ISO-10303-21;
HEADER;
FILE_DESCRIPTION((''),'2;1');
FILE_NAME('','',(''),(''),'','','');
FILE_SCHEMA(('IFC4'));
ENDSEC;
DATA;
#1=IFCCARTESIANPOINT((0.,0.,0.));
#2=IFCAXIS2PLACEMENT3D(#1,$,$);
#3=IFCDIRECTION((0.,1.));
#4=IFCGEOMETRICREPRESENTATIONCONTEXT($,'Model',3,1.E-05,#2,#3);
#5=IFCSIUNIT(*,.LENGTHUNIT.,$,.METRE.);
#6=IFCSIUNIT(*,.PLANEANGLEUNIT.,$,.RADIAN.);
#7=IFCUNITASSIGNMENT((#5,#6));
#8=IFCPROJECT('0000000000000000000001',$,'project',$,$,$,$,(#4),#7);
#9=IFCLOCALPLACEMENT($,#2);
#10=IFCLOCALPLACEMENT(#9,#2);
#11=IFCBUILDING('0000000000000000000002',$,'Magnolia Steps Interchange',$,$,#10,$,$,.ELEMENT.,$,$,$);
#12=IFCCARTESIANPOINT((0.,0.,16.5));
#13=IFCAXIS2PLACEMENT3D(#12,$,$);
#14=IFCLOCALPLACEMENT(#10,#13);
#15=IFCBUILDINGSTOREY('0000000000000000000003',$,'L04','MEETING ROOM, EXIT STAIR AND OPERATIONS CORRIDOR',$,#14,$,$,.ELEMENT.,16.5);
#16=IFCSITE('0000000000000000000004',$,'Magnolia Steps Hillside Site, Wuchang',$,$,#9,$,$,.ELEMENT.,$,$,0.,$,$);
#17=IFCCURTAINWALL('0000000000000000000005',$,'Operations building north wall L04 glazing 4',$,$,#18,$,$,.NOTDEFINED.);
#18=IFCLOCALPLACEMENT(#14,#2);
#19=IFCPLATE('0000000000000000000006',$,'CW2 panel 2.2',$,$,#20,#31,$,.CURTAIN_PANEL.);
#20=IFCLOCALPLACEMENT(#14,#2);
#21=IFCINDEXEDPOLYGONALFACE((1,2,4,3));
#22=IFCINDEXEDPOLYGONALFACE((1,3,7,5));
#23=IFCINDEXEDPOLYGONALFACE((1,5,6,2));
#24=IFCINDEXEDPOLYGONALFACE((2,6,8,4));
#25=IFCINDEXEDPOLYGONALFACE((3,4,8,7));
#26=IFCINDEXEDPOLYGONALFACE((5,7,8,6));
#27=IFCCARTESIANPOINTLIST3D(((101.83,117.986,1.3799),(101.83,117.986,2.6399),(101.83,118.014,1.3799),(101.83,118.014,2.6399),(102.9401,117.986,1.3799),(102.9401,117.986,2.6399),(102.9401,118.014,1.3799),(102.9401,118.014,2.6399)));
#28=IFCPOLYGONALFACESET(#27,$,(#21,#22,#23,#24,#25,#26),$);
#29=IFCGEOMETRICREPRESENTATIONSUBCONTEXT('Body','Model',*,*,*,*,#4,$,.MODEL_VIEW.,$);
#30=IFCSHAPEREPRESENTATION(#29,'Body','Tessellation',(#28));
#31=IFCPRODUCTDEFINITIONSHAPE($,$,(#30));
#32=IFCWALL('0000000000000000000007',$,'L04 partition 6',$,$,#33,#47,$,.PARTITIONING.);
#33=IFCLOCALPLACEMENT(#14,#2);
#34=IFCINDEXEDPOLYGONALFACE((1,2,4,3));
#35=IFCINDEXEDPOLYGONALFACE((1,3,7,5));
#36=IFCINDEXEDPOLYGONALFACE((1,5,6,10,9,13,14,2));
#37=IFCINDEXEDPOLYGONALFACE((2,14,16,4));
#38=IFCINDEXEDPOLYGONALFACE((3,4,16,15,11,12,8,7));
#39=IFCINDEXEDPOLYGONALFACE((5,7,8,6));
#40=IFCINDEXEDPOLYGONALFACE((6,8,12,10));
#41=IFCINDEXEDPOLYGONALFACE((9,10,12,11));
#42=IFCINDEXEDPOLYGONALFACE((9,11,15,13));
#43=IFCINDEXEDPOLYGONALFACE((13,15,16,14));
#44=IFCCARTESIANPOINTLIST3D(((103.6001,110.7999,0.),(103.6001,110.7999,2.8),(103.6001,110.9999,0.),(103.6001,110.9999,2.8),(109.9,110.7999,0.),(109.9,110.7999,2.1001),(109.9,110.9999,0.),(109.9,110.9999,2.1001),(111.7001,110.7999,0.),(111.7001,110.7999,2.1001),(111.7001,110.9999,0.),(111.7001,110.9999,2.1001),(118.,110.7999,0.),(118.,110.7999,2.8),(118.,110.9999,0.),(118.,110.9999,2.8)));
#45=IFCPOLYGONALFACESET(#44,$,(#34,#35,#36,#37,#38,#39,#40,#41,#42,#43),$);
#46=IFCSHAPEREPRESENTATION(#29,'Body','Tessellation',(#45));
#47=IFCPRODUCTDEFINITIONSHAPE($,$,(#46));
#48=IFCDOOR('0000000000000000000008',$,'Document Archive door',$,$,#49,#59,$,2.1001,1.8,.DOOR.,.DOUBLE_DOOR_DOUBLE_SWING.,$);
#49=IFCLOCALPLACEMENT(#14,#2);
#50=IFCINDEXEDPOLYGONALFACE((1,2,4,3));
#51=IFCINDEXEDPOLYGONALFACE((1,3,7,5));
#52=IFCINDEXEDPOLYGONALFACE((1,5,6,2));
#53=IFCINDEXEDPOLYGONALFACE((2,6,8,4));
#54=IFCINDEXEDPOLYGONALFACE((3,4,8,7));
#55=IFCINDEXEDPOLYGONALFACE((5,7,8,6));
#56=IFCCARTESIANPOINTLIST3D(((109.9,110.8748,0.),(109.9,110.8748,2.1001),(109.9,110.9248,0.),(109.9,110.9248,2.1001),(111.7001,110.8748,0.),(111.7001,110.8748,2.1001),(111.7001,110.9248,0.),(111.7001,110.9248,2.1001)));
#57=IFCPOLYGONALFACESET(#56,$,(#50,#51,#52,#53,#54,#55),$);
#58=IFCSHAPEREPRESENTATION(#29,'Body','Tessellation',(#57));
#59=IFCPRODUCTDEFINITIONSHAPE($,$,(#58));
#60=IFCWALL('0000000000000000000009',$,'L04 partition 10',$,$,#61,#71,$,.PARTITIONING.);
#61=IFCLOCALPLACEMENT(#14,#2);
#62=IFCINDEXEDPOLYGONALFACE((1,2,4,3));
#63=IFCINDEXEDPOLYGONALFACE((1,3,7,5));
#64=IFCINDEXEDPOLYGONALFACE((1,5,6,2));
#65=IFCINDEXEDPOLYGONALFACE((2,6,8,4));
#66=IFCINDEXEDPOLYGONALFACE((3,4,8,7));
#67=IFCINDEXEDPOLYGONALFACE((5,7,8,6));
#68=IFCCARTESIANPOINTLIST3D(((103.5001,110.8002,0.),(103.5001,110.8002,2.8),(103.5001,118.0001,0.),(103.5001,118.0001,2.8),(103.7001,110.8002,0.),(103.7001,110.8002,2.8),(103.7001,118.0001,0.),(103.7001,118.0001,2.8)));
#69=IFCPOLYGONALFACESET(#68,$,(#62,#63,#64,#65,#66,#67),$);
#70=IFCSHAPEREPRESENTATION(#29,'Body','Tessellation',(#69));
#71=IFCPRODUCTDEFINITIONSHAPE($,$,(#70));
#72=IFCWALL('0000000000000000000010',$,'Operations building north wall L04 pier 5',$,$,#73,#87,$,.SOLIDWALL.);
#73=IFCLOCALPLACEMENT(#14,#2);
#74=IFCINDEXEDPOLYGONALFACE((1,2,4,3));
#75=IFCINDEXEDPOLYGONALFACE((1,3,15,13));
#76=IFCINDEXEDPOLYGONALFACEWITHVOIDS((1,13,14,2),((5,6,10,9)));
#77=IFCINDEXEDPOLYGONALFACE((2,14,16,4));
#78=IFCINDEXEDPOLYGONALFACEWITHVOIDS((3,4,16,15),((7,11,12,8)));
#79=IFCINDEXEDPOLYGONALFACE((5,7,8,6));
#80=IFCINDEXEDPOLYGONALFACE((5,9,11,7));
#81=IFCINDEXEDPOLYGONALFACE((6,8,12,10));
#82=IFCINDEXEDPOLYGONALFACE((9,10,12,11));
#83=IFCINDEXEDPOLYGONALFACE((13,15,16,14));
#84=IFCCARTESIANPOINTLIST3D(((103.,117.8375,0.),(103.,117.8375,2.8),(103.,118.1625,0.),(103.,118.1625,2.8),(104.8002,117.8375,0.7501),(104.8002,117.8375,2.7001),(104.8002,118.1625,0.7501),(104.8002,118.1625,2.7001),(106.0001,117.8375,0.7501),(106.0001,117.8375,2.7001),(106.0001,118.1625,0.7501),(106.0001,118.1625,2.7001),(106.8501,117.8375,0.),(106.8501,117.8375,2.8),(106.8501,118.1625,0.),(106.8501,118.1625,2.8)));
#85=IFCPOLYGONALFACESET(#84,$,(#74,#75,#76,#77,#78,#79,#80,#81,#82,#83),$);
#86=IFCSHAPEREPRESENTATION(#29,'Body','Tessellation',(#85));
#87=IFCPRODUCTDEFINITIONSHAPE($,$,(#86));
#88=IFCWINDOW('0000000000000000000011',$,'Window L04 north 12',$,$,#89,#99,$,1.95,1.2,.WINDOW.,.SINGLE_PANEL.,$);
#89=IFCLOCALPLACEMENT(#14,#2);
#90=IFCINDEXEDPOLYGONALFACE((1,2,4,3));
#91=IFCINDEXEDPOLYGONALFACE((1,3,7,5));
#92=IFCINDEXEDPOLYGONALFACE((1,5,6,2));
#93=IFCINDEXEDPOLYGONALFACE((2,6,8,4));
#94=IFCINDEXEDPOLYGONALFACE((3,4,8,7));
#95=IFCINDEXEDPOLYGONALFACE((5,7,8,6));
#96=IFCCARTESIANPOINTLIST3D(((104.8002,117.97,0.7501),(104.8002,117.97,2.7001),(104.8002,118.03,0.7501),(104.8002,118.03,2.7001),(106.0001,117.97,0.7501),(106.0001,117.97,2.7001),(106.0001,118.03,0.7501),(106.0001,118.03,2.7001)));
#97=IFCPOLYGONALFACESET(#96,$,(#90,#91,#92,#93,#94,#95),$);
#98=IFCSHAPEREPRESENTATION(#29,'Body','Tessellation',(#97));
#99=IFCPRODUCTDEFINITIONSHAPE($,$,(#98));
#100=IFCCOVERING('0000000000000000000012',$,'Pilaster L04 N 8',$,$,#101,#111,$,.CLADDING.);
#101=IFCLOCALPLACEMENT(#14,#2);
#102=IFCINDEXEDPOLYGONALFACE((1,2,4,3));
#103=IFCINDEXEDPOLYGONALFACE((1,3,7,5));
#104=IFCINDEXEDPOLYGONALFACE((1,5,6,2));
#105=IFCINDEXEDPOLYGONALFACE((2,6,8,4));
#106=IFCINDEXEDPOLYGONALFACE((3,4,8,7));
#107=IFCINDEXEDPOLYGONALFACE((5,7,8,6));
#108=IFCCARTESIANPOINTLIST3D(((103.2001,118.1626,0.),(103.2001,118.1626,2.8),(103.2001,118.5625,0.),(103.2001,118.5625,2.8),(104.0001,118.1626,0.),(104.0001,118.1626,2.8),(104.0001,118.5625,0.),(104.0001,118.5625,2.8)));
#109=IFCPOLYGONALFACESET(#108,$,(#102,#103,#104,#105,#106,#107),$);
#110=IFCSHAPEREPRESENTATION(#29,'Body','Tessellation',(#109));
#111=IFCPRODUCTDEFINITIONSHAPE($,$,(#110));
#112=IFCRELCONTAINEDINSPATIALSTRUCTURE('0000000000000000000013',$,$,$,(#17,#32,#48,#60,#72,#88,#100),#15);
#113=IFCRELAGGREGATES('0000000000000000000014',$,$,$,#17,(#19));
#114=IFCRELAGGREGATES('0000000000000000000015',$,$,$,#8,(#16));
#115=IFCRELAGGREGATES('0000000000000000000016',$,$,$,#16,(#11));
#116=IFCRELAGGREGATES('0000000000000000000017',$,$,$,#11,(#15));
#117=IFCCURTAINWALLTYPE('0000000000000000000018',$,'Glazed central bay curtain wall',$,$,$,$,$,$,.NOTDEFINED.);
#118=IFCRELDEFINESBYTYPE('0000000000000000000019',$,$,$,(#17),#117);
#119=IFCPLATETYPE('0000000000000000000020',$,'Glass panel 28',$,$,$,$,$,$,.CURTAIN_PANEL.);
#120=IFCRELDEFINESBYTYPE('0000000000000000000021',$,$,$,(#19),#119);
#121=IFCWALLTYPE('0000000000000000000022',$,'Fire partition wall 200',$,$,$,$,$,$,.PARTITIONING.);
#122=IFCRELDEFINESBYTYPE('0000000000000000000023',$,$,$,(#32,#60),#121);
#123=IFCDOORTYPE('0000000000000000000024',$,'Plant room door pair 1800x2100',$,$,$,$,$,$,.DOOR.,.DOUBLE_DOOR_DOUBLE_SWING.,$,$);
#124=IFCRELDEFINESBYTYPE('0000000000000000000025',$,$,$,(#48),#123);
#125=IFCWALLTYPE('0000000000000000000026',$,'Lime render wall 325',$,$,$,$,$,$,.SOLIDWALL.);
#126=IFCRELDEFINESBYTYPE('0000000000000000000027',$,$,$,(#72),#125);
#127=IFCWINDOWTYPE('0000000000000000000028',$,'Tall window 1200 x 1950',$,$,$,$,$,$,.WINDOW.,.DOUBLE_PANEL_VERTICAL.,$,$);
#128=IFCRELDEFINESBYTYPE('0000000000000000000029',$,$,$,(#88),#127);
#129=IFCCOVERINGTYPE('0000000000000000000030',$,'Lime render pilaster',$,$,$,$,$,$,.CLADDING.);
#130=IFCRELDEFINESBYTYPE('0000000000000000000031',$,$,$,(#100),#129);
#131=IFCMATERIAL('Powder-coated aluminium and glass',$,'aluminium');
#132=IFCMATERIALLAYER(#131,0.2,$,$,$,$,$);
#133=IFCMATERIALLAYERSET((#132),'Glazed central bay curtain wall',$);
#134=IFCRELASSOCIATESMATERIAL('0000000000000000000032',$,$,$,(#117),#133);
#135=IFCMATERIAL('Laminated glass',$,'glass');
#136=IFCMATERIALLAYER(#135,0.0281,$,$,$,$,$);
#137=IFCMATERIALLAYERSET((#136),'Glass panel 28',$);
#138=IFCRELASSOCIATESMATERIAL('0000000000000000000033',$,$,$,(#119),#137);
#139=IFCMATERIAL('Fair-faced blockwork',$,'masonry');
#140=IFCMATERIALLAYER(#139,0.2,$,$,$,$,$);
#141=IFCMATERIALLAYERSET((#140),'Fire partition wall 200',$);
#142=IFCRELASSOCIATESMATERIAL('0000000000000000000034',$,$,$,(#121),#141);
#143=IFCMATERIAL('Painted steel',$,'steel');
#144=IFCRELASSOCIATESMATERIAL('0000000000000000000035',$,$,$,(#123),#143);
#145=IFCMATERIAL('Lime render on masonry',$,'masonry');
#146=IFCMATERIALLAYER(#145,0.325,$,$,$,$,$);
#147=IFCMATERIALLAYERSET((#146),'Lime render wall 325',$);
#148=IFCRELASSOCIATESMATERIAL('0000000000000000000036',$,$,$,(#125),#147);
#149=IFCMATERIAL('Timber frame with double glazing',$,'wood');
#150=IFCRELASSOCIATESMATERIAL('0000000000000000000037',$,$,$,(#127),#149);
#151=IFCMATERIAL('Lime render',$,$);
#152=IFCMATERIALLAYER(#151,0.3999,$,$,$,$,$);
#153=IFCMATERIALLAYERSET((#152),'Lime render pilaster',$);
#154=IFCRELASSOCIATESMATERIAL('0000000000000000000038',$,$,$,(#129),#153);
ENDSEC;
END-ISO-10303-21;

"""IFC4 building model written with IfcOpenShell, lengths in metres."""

from ifc_helpers import new_model, si_unit, direction, frame, frame_2d, origin, origin_2d, place, context, subcontext, project, spatial, rectangle, extrude, material, layer, layer_set, type_object, element, fill, aggregate, save


model = new_model("IFC4")

# Units and contexts
model_context = context("Model", 3, precision=1e-05, world=origin(), true_north=direction((0.0, 1.0)))
body_context = subcontext(model_context, "Body", "Model", "MODEL_VIEW")
ifc_project = project(units=[si_unit("LENGTHUNIT", "METRE"), si_unit("PLANEANGLEUNIT", "RADIAN")], contexts=[model_context])

# Site, building, storey
site_placement = place(None, origin())
site = spatial("IfcSite", under=ifc_project, at=site_placement, Name="Magnolia Steps Hillside Site, Wuchang", CompositionType="ELEMENT", RefElevation=0.0)
building_placement = place(site_placement, origin())
building = spatial("IfcBuilding", under=site, at=building_placement, Name="Magnolia Steps Interchange", CompositionType="ELEMENT")
storey_placement = place(building_placement, frame((0.0, 0.0, 16.5)))
storey = spatial("IfcBuildingStorey", under=building, at=storey_placement, Name="L04", Description="MEETING ROOM, EXIT STAIR AND OPERATIONS CORRIDOR", CompositionType="ELEMENT", Elevation=16.5)

# Curtain wall
ifc_material_1 = material(Name="Powder-coated aluminium and glass", Category="aluminium")
ifc_layer_1 = layer(ifc_material_1, 0.2)
ifc_layer_set_1 = layer_set([ifc_layer_1], Name="Glazed central bay curtain wall")
curtain_wall_type = type_object("IfcCurtainWallType", Name="Glazed central bay curtain wall", PredefinedType="NOTDEFINED", material=ifc_layer_set_1)
curtain_wall_placement = place(storey_placement, origin())
curtain_wall = element("IfcCurtainWall", 1, at=curtain_wall_placement, inside=storey, type_object=curtain_wall_type, Name="Operations building north wall L04 glazing 4", PredefinedType="NOTDEFINED")

# Plate
ifc_material_2 = material(Name="Laminated glass", Category="glass")
ifc_layer_2 = layer(ifc_material_2, 0.0281)
ifc_layer_set_2 = layer_set([ifc_layer_2], Name="Glass panel 28")
plate_type = type_object("IfcPlateType", Name="Glass panel 28", PredefinedType="CURTAIN_PANEL", material=ifc_layer_set_2)
plate_1_placement = place(storey_placement, frame((102.385, 118.0, 1.3799), z_axis=(0.0, 0.0, 1.0), x_axis=(1.0, 0.0, 0.0)))
plate_1 = element("IfcPlate", 2, at=plate_1_placement, type_object=plate_type, Name="CW2 panel 2.2", PredefinedType="CURTAIN_PANEL", context=body_context, shape_type="SweptSolid", body=[
    extrude(rectangle(XDim=1.1101, YDim=0.0281, at=origin_2d()), origin(), (0.0, 0.0, 1.0), 1.26),
])
aggregate(curtain_wall, [plate_1])

# Wall, opening, door
ifc_material_3 = material(Name="Fair-faced blockwork", Category="masonry")
ifc_layer_3 = layer(ifc_material_3, 0.2)
ifc_layer_set_3 = layer_set([ifc_layer_3], Name="Fire partition wall 200")
wall_type_1 = type_object("IfcWallType", Name="Fire partition wall 200", PredefinedType="PARTITIONING", material=ifc_layer_set_3)
wall_1_placement = place(storey_placement, frame((103.6001, 110.8999, 0.0), z_axis=(0.0, 0.0, 1.0), x_axis=(1.0, 0.0, 0.0)))
wall_1 = element("IfcWall", 3, at=wall_1_placement, inside=storey, type_object=wall_type_1, Name="L04 partition 6", PredefinedType="PARTITIONING", context=body_context, shape_type="SweptSolid", body=[
    extrude(rectangle(XDim=14.3999, YDim=0.2, at=frame_2d((7.2, 0.0))), origin(), (0.0, 0.0, 1.0), 2.8),
])
opening_1_placement = place(wall_1_placement, frame((6.3, 0.0, 0.0)))
opening_1 = element("IfcOpeningElement", 4, at=opening_1_placement, cuts=wall_1, PredefinedType="OPENING", context=body_context, shape_type="SweptSolid", body=[
    extrude(rectangle(XDim=1.8, YDim=2.1001, at=frame_2d((0.8999, 1.05))), frame((0.0, 0.1099, 0.0), z_axis=(0.0, -1.0, 0.0), x_axis=(1.0, 0.0, 0.0)), (0.0, 0.0, 1.0), 0.22),
])
ifc_material_4 = material(Name="Painted steel", Category="steel")
door_type = type_object("IfcDoorType", Name="Plant room door pair 1800x2100", OperationType="DOUBLE_DOOR_DOUBLE_SWING", PredefinedType="DOOR", material=ifc_material_4)
door_placement = place(opening_1_placement, origin())
door = element("IfcDoor", 5, at=door_placement, inside=storey, type_object=door_type, Name="Document Archive door", OperationType="DOUBLE_DOOR_DOUBLE_SWING", OverallHeight=2.1001, OverallWidth=1.8, PredefinedType="DOOR", context=body_context, shape_type="SweptSolid", body=[
    extrude(rectangle(XDim=1.8, YDim=2.1001, at=frame_2d((0.8999, 1.05))), frame((0.0, 0.0249, 0.0), z_axis=(0.0, -1.0, 0.0), x_axis=(1.0, 0.0, 0.0)), (0.0, 0.0, 1.0), 0.05),
])
fill(opening_1, door)

# Wall
wall_2_placement = place(storey_placement, frame((103.6001, 110.8, 0.0), z_axis=(0.0, 0.0, 1.0), x_axis=(0.0, 1.0, 0.0)))
element("IfcWall", 6, at=wall_2_placement, inside=storey, type_object=wall_type_1, Name="L04 partition 10", PredefinedType="PARTITIONING", context=body_context, shape_type="SweptSolid", body=[
    extrude(rectangle(XDim=7.2, YDim=0.2, at=frame_2d((3.6001, 0.0))), origin(), (0.0, 0.0, 1.0), 2.8),
])

# Wall, opening, window
ifc_material_5 = material(Name="Lime render on masonry", Category="masonry")
ifc_layer_4 = layer(ifc_material_5, 0.325)
ifc_layer_set_4 = layer_set([ifc_layer_4], Name="Lime render wall 325")
wall_type_2 = type_object("IfcWallType", Name="Lime render wall 325", PredefinedType="SOLIDWALL", material=ifc_layer_set_4)
wall_3_placement = place(storey_placement, frame((103.0, 118.0, 0.0), z_axis=(0.0, 0.0, 1.0), x_axis=(1.0, 0.0, 0.0)))
wall_3 = element("IfcWall", 7, at=wall_3_placement, inside=storey, type_object=wall_type_2, Name="Operations building north wall L04 pier 5", PredefinedType="SOLIDWALL", context=body_context, shape_type="SweptSolid", body=[
    extrude(rectangle(XDim=3.8501, YDim=0.325, at=frame_2d((1.925, 0.0))), origin(), (0.0, 0.0, 1.0), 2.8),
])
opening_2_placement = place(wall_3_placement, frame((1.8, 0.0, 0.75)))
opening_2 = element("IfcOpeningElement", 8, at=opening_2_placement, cuts=wall_3, PredefinedType="OPENING", context=body_context, shape_type="SweptSolid", body=[
    extrude(rectangle(XDim=1.2, YDim=1.95, at=frame_2d((0.6001, 0.9751))), frame((0.0, 0.1724, 0.0), z_axis=(0.0, -1.0, 0.0), x_axis=(1.0, 0.0, 0.0)), (0.0, 0.0, 1.0), 0.345),
])
ifc_material_6 = material(Name="Timber frame with double glazing", Category="wood")
window_type = type_object("IfcWindowType", Name="Tall window 1200 x 1950", PartitioningType="DOUBLE_PANEL_VERTICAL", PredefinedType="WINDOW", material=ifc_material_6)
window_placement = place(opening_2_placement, origin())
window = element("IfcWindow", 9, at=window_placement, inside=storey, type_object=window_type, Name="Window L04 north 12", OverallHeight=1.95, OverallWidth=1.2, PartitioningType="SINGLE_PANEL", PredefinedType="WINDOW", context=body_context, shape_type="SweptSolid", body=[
    extrude(rectangle(XDim=1.2, YDim=1.95, at=frame_2d((0.6001, 0.9751))), frame((0.0, 0.03, 0.0), z_axis=(0.0, -1.0, 0.0), x_axis=(1.0, 0.0, 0.0)), (0.0, 0.0, 1.0), 0.0601),
])
fill(opening_2, window)

# Covering
ifc_material_7 = material(Name="Lime render")
ifc_layer_5 = layer(ifc_material_7, 0.3999)
ifc_layer_set_5 = layer_set([ifc_layer_5], Name="Lime render pilaster")
covering_type_1 = type_object("IfcCoveringType", Name="Lime render pilaster", PredefinedType="CLADDING", material=ifc_layer_set_5)
covering_1_placement = place(storey_placement, frame((103.6001, 118.3625, 0.0), z_axis=(0.0, 0.0, 1.0), x_axis=(1.0, 0.0, 0.0)))
element("IfcCovering", 10, at=covering_1_placement, inside=storey, type_object=covering_type_1, Name="Pilaster L04 N 8", PredefinedType="CLADDING", context=body_context, shape_type="SweptSolid", body=[
    extrude(rectangle(XDim=0.8, YDim=0.3999, at=origin_2d()), origin(), (0.0, 0.0, 1.0), 2.8),
])

save(model, "model.ifc")
